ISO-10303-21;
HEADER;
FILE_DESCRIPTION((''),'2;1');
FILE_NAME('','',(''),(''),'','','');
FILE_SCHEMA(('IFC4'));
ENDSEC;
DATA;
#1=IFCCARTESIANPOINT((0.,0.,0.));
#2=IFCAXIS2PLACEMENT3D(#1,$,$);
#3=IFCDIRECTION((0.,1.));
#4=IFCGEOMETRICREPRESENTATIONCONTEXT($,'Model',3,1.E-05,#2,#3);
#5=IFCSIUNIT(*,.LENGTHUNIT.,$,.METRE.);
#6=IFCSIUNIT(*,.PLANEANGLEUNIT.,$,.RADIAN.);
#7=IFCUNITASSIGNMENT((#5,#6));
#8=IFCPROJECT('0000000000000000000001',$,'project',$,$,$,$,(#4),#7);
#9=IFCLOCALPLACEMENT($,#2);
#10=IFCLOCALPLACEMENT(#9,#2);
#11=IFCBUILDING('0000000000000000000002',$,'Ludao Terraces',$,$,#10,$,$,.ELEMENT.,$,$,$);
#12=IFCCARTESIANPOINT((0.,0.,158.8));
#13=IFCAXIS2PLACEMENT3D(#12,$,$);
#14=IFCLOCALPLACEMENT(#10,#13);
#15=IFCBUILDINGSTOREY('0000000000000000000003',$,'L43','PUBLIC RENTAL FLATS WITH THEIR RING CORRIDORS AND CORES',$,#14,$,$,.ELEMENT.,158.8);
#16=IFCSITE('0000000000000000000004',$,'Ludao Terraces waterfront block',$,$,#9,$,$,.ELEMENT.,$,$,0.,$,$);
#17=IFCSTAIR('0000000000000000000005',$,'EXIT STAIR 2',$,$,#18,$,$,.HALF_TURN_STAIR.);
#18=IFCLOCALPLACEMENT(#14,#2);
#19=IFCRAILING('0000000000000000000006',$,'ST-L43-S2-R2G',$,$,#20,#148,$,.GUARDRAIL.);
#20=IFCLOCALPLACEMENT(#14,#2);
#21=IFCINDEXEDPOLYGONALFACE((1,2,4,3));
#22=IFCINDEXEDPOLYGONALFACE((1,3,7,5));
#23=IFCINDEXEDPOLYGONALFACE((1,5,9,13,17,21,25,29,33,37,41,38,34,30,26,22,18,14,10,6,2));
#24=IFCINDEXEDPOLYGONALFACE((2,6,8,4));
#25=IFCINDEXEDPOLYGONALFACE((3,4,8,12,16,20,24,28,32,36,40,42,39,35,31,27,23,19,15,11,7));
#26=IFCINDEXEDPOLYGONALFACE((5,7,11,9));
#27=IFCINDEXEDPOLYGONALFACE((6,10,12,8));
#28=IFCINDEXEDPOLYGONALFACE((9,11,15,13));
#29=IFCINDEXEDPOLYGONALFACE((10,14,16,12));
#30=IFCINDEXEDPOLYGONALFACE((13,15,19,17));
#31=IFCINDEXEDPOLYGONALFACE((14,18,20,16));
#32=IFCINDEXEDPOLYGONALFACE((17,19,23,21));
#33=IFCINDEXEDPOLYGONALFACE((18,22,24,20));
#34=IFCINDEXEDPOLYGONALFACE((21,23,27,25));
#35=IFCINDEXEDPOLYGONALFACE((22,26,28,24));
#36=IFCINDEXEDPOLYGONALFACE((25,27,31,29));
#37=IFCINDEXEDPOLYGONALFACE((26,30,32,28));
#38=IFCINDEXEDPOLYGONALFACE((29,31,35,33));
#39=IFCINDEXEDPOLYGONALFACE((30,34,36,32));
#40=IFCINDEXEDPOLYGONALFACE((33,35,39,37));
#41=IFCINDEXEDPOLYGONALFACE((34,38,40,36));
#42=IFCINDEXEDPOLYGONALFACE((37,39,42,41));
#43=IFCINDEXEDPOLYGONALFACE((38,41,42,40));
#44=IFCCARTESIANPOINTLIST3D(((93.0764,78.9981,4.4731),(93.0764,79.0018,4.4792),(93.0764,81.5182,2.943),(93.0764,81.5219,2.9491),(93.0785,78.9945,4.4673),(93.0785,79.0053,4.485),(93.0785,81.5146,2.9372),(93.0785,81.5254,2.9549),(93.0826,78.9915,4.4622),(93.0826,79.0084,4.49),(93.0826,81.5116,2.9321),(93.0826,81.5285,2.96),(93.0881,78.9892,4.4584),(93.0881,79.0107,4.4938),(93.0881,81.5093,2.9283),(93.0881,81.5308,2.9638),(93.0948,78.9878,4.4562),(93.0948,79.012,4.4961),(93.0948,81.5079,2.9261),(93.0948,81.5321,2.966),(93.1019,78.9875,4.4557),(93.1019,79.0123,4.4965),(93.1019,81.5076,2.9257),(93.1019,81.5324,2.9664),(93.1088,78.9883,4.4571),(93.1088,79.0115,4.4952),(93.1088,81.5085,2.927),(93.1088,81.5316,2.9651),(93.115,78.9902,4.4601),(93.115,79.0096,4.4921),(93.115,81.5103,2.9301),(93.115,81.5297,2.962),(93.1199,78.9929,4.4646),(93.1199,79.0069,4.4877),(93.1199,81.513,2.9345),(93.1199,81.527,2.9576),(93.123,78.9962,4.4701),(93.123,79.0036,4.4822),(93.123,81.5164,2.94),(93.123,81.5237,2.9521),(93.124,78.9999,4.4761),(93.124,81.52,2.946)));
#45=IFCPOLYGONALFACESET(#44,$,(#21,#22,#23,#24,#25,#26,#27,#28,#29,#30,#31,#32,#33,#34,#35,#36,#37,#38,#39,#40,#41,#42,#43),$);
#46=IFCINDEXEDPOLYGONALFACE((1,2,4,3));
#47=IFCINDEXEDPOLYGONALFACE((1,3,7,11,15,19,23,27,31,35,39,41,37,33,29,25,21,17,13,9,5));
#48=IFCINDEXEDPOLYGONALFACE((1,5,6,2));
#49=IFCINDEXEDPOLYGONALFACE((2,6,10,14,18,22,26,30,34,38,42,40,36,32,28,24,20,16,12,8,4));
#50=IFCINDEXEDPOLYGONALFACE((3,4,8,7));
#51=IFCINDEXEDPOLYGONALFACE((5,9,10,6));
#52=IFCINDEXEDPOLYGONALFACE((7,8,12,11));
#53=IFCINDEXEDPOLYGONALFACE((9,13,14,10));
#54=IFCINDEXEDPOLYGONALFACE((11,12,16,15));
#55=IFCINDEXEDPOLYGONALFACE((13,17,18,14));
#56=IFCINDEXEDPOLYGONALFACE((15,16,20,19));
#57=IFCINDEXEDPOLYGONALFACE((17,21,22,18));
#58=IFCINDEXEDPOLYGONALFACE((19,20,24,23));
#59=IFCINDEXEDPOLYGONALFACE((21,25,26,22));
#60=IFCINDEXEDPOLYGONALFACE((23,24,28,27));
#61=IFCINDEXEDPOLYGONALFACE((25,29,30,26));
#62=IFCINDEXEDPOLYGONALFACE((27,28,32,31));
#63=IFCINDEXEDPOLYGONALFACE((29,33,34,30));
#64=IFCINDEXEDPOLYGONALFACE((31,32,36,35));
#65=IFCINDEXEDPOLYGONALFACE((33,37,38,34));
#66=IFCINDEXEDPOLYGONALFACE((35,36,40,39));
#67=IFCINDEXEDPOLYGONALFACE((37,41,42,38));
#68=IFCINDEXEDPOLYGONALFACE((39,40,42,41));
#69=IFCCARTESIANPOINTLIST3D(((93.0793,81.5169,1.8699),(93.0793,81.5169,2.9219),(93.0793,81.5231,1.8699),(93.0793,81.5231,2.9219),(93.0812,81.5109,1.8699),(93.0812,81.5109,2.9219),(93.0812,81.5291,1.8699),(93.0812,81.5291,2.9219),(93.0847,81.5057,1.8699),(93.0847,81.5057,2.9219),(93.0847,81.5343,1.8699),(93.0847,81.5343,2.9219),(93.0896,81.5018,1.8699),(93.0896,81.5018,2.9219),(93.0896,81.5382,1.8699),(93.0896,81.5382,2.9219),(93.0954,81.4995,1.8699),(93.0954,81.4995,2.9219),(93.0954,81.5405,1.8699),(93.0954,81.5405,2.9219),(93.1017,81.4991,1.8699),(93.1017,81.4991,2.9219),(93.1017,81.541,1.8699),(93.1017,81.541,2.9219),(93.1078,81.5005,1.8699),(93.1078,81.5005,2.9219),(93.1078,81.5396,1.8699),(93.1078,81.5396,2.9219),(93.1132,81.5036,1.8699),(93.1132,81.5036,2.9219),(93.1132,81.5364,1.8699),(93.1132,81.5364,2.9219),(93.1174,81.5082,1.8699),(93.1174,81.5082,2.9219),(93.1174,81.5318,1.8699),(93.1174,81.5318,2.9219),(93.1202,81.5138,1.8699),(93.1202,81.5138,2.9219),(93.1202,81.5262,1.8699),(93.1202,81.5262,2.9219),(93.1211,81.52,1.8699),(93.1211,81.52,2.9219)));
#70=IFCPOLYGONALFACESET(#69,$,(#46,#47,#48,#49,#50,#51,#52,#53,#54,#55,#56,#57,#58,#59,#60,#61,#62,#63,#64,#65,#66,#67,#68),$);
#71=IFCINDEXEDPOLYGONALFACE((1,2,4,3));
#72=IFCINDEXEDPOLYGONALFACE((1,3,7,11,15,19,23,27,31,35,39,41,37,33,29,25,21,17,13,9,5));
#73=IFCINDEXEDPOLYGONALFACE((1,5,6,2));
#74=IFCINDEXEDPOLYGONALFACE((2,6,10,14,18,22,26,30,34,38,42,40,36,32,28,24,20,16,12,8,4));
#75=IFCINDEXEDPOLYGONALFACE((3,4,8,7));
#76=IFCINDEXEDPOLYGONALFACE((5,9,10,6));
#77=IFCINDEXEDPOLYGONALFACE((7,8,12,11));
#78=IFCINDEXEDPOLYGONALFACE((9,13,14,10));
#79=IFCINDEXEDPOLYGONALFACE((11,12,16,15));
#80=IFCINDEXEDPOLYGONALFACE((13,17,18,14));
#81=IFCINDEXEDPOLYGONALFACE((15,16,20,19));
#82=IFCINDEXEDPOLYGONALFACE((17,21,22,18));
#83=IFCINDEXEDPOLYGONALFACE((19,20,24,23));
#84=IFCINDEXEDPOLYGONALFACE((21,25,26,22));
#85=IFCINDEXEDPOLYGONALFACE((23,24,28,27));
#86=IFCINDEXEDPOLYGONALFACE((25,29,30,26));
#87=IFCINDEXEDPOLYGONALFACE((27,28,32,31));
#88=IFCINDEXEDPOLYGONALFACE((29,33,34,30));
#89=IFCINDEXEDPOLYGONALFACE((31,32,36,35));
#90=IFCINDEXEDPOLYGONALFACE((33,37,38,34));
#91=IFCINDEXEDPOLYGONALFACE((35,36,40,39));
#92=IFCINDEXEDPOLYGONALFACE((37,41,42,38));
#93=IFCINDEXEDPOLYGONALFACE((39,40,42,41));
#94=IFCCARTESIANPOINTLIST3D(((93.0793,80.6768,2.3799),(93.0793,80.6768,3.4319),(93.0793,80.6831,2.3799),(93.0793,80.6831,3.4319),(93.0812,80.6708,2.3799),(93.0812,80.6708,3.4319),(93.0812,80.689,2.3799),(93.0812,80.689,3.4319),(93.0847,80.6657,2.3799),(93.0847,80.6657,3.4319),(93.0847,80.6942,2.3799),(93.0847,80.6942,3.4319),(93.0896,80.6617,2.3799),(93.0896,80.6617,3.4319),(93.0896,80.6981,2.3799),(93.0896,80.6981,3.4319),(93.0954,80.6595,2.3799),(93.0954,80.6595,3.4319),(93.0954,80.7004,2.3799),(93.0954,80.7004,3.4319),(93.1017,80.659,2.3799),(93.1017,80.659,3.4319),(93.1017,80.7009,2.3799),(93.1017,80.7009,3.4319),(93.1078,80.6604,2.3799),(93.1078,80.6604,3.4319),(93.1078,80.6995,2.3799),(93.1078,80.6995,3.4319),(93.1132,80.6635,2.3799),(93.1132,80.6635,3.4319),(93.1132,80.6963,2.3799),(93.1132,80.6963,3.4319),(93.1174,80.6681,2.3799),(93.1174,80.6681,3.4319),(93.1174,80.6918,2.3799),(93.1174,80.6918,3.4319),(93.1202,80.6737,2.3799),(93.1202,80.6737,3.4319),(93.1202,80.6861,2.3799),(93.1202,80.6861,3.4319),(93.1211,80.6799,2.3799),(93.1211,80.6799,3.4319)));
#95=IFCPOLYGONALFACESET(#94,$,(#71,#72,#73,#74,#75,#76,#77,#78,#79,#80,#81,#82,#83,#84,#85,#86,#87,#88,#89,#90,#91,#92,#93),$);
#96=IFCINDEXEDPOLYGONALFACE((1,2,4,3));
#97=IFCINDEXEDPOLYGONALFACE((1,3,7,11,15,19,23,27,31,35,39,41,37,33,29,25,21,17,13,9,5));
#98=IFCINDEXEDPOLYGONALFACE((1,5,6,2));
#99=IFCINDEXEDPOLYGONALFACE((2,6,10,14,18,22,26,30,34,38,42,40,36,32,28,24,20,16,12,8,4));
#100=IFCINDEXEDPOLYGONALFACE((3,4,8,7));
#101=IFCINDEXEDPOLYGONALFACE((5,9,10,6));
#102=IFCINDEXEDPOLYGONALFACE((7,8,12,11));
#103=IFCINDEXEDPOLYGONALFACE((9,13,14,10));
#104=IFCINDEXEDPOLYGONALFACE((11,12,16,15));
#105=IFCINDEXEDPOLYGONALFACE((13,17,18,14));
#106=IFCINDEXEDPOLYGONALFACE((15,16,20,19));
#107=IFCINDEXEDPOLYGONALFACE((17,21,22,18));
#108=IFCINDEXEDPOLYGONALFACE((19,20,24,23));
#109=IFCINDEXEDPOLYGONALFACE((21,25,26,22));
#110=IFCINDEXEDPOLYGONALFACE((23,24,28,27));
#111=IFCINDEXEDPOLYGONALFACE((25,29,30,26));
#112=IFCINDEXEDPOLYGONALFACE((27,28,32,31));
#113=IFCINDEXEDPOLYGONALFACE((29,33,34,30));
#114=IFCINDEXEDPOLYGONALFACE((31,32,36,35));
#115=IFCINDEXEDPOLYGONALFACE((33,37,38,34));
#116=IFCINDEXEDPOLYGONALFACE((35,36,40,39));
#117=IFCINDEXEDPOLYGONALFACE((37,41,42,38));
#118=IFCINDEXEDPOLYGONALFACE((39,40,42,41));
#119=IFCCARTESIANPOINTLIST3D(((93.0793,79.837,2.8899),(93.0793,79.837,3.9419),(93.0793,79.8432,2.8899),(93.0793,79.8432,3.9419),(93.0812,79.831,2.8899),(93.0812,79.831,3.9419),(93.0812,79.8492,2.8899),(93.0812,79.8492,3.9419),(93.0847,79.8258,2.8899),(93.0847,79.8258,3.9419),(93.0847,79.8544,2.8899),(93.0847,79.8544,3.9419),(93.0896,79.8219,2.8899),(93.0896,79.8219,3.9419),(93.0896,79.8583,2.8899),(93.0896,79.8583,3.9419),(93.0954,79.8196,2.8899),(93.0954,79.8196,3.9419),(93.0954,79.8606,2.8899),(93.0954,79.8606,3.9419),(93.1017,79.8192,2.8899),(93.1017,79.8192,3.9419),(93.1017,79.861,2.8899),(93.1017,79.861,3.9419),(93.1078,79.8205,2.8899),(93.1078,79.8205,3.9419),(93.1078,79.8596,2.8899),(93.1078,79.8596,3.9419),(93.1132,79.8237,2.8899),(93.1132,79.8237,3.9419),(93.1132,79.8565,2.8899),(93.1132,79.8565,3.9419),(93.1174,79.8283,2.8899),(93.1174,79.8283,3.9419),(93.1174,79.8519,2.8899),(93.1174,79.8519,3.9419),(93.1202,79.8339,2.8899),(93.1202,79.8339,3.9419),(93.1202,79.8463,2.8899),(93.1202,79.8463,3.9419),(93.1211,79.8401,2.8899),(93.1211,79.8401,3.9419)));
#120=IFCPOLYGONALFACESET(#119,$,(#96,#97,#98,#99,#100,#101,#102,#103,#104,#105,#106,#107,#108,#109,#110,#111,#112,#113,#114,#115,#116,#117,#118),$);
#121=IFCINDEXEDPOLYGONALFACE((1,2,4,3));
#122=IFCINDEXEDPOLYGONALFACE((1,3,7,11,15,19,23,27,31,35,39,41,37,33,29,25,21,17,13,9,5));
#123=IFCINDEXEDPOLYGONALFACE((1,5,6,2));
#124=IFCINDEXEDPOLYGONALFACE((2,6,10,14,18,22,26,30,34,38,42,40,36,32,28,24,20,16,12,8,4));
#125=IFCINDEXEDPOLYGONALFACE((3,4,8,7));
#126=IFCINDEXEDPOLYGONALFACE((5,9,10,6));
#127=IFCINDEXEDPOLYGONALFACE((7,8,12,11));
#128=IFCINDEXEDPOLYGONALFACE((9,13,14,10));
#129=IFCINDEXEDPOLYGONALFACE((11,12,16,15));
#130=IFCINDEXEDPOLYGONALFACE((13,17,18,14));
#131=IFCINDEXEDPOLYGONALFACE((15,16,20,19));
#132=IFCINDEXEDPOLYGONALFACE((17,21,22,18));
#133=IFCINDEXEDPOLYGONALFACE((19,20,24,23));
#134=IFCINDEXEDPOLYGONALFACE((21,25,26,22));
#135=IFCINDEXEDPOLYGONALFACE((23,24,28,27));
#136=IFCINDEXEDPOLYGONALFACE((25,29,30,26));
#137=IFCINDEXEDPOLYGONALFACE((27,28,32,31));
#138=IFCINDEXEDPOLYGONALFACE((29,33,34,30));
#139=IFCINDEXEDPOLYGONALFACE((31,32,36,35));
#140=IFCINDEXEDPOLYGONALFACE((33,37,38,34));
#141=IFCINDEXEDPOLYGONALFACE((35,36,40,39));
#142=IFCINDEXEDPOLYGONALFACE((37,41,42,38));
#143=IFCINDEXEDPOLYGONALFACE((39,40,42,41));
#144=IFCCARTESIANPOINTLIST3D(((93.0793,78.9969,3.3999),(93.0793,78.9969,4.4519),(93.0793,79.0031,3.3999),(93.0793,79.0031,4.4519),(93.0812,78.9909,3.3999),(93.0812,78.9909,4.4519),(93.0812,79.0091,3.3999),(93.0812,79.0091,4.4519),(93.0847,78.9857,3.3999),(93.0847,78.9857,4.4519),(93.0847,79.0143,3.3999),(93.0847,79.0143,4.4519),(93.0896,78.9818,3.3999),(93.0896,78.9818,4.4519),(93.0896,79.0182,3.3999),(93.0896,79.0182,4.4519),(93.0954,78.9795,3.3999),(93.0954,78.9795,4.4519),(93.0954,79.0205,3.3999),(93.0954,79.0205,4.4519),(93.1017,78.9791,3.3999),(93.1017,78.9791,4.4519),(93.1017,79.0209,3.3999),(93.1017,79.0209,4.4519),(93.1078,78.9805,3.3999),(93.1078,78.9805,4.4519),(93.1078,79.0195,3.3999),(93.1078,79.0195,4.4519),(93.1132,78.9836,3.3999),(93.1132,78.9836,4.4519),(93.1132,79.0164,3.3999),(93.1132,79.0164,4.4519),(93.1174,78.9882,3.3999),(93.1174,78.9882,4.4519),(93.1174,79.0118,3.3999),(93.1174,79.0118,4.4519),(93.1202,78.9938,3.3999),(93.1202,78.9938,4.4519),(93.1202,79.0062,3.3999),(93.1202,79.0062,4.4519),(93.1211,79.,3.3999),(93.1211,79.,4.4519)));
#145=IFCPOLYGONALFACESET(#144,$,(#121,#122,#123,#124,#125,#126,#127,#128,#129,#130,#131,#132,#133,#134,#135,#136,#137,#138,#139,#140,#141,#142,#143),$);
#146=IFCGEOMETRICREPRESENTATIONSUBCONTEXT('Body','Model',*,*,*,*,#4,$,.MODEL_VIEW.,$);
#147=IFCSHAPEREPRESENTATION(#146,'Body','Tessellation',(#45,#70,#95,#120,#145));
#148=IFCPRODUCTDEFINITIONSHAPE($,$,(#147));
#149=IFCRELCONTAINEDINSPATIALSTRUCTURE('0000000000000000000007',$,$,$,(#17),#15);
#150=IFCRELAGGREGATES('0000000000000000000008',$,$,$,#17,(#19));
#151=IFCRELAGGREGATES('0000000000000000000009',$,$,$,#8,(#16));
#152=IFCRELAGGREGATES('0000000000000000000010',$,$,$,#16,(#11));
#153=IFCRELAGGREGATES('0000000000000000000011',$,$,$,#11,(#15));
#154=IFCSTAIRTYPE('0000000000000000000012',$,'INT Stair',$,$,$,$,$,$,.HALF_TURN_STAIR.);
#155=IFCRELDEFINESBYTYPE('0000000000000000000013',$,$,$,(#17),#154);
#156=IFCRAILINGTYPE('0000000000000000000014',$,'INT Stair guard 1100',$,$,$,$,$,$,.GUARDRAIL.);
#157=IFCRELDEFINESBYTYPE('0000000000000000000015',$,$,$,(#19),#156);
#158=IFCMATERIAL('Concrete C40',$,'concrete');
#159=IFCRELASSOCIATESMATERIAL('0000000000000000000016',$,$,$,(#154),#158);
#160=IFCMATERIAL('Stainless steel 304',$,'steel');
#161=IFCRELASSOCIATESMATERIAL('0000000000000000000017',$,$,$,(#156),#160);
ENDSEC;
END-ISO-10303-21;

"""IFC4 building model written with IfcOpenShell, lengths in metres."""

from ifc_helpers import new_model, si_unit, direction, frame, origin, origin_2d, place, context, subcontext, project, spatial, circle, extrude, material, type_object, element, aggregate, save


model = new_model("IFC4")

# Units and contexts
model_context = context("Model", 3, precision=1e-05, world=origin(), true_north=direction((0.0, 1.0)))
body_context = subcontext(model_context, "Body", "Model", "MODEL_VIEW")
ifc_project = project(units=[si_unit("LENGTHUNIT", "METRE"), si_unit("PLANEANGLEUNIT", "RADIAN")], contexts=[model_context])

# Site, building, storey
site_placement = place(None, origin())
site = spatial("IfcSite", under=ifc_project, at=site_placement, Name="Ludao Terraces waterfront block", CompositionType="ELEMENT", RefElevation=0.0)
building_placement = place(site_placement, origin())
building = spatial("IfcBuilding", under=site, at=building_placement, Name="Ludao Terraces", CompositionType="ELEMENT")
storey_placement = place(building_placement, frame((0.0, 0.0, 158.8)))
storey = spatial("IfcBuildingStorey", under=building, at=storey_placement, Name="L43", Description="PUBLIC RENTAL FLATS WITH THEIR RING CORRIDORS AND CORES", CompositionType="ELEMENT", Elevation=158.8)

# Shared definitions
ifc_material_1 = material(Name="Stainless steel 304", Category="steel")

# Stair, railing
ifc_material_2 = material(Name="Concrete C40", Category="concrete")
stair_type = type_object("IfcStairType", Name="INT Stair", PredefinedType="HALF_TURN_STAIR", material=ifc_material_2)
stair_placement = place(storey_placement, origin())
stair = element("IfcStair", 1, at=stair_placement, inside=storey, type_object=stair_type, Name="EXIT STAIR 2", PredefinedType="HALF_TURN_STAIR")
railing_type = type_object("IfcRailingType", Name="INT Stair guard 1100", PredefinedType="GUARDRAIL", material=ifc_material_1)
railing_1_placement = place(storey_placement, frame((93.1001, 81.52, 1.8699)))
railing_1 = element("IfcRailing", 2, at=railing_1_placement, type_object=railing_type, Name="ST-L43-S2-R2G", PredefinedType="GUARDRAIL", context=body_context, shape_type="SweptSolid", body=[
    extrude(circle(Radius=0.0239, at=origin_2d()), frame((0.0, 0.0, 1.0762), z_axis=(0.0, -0.854785, 0.518982), x_axis=(1.0, 0.0, 0.0)), (0.0, 0.0, 1.0), 2.9482),
    extrude(circle(Radius=0.021, at=origin_2d()), origin(), (0.0, 0.0, 1.0), 1.052),
    extrude(circle(Radius=0.021, at=origin_2d()), frame((0.0, -0.8401, 0.51)), (0.0, 0.0, 1.0), 1.052),
    extrude(circle(Radius=0.021, at=origin_2d()), frame((0.0, -1.6799, 1.02)), (0.0, 0.0, 1.0), 1.052),
    extrude(circle(Radius=0.021, at=origin_2d()), frame((0.0, -2.52, 1.53)), (0.0, 0.0, 1.0), 1.052),
])
aggregate(stair, [railing_1])

save(model, "model.ifc")
